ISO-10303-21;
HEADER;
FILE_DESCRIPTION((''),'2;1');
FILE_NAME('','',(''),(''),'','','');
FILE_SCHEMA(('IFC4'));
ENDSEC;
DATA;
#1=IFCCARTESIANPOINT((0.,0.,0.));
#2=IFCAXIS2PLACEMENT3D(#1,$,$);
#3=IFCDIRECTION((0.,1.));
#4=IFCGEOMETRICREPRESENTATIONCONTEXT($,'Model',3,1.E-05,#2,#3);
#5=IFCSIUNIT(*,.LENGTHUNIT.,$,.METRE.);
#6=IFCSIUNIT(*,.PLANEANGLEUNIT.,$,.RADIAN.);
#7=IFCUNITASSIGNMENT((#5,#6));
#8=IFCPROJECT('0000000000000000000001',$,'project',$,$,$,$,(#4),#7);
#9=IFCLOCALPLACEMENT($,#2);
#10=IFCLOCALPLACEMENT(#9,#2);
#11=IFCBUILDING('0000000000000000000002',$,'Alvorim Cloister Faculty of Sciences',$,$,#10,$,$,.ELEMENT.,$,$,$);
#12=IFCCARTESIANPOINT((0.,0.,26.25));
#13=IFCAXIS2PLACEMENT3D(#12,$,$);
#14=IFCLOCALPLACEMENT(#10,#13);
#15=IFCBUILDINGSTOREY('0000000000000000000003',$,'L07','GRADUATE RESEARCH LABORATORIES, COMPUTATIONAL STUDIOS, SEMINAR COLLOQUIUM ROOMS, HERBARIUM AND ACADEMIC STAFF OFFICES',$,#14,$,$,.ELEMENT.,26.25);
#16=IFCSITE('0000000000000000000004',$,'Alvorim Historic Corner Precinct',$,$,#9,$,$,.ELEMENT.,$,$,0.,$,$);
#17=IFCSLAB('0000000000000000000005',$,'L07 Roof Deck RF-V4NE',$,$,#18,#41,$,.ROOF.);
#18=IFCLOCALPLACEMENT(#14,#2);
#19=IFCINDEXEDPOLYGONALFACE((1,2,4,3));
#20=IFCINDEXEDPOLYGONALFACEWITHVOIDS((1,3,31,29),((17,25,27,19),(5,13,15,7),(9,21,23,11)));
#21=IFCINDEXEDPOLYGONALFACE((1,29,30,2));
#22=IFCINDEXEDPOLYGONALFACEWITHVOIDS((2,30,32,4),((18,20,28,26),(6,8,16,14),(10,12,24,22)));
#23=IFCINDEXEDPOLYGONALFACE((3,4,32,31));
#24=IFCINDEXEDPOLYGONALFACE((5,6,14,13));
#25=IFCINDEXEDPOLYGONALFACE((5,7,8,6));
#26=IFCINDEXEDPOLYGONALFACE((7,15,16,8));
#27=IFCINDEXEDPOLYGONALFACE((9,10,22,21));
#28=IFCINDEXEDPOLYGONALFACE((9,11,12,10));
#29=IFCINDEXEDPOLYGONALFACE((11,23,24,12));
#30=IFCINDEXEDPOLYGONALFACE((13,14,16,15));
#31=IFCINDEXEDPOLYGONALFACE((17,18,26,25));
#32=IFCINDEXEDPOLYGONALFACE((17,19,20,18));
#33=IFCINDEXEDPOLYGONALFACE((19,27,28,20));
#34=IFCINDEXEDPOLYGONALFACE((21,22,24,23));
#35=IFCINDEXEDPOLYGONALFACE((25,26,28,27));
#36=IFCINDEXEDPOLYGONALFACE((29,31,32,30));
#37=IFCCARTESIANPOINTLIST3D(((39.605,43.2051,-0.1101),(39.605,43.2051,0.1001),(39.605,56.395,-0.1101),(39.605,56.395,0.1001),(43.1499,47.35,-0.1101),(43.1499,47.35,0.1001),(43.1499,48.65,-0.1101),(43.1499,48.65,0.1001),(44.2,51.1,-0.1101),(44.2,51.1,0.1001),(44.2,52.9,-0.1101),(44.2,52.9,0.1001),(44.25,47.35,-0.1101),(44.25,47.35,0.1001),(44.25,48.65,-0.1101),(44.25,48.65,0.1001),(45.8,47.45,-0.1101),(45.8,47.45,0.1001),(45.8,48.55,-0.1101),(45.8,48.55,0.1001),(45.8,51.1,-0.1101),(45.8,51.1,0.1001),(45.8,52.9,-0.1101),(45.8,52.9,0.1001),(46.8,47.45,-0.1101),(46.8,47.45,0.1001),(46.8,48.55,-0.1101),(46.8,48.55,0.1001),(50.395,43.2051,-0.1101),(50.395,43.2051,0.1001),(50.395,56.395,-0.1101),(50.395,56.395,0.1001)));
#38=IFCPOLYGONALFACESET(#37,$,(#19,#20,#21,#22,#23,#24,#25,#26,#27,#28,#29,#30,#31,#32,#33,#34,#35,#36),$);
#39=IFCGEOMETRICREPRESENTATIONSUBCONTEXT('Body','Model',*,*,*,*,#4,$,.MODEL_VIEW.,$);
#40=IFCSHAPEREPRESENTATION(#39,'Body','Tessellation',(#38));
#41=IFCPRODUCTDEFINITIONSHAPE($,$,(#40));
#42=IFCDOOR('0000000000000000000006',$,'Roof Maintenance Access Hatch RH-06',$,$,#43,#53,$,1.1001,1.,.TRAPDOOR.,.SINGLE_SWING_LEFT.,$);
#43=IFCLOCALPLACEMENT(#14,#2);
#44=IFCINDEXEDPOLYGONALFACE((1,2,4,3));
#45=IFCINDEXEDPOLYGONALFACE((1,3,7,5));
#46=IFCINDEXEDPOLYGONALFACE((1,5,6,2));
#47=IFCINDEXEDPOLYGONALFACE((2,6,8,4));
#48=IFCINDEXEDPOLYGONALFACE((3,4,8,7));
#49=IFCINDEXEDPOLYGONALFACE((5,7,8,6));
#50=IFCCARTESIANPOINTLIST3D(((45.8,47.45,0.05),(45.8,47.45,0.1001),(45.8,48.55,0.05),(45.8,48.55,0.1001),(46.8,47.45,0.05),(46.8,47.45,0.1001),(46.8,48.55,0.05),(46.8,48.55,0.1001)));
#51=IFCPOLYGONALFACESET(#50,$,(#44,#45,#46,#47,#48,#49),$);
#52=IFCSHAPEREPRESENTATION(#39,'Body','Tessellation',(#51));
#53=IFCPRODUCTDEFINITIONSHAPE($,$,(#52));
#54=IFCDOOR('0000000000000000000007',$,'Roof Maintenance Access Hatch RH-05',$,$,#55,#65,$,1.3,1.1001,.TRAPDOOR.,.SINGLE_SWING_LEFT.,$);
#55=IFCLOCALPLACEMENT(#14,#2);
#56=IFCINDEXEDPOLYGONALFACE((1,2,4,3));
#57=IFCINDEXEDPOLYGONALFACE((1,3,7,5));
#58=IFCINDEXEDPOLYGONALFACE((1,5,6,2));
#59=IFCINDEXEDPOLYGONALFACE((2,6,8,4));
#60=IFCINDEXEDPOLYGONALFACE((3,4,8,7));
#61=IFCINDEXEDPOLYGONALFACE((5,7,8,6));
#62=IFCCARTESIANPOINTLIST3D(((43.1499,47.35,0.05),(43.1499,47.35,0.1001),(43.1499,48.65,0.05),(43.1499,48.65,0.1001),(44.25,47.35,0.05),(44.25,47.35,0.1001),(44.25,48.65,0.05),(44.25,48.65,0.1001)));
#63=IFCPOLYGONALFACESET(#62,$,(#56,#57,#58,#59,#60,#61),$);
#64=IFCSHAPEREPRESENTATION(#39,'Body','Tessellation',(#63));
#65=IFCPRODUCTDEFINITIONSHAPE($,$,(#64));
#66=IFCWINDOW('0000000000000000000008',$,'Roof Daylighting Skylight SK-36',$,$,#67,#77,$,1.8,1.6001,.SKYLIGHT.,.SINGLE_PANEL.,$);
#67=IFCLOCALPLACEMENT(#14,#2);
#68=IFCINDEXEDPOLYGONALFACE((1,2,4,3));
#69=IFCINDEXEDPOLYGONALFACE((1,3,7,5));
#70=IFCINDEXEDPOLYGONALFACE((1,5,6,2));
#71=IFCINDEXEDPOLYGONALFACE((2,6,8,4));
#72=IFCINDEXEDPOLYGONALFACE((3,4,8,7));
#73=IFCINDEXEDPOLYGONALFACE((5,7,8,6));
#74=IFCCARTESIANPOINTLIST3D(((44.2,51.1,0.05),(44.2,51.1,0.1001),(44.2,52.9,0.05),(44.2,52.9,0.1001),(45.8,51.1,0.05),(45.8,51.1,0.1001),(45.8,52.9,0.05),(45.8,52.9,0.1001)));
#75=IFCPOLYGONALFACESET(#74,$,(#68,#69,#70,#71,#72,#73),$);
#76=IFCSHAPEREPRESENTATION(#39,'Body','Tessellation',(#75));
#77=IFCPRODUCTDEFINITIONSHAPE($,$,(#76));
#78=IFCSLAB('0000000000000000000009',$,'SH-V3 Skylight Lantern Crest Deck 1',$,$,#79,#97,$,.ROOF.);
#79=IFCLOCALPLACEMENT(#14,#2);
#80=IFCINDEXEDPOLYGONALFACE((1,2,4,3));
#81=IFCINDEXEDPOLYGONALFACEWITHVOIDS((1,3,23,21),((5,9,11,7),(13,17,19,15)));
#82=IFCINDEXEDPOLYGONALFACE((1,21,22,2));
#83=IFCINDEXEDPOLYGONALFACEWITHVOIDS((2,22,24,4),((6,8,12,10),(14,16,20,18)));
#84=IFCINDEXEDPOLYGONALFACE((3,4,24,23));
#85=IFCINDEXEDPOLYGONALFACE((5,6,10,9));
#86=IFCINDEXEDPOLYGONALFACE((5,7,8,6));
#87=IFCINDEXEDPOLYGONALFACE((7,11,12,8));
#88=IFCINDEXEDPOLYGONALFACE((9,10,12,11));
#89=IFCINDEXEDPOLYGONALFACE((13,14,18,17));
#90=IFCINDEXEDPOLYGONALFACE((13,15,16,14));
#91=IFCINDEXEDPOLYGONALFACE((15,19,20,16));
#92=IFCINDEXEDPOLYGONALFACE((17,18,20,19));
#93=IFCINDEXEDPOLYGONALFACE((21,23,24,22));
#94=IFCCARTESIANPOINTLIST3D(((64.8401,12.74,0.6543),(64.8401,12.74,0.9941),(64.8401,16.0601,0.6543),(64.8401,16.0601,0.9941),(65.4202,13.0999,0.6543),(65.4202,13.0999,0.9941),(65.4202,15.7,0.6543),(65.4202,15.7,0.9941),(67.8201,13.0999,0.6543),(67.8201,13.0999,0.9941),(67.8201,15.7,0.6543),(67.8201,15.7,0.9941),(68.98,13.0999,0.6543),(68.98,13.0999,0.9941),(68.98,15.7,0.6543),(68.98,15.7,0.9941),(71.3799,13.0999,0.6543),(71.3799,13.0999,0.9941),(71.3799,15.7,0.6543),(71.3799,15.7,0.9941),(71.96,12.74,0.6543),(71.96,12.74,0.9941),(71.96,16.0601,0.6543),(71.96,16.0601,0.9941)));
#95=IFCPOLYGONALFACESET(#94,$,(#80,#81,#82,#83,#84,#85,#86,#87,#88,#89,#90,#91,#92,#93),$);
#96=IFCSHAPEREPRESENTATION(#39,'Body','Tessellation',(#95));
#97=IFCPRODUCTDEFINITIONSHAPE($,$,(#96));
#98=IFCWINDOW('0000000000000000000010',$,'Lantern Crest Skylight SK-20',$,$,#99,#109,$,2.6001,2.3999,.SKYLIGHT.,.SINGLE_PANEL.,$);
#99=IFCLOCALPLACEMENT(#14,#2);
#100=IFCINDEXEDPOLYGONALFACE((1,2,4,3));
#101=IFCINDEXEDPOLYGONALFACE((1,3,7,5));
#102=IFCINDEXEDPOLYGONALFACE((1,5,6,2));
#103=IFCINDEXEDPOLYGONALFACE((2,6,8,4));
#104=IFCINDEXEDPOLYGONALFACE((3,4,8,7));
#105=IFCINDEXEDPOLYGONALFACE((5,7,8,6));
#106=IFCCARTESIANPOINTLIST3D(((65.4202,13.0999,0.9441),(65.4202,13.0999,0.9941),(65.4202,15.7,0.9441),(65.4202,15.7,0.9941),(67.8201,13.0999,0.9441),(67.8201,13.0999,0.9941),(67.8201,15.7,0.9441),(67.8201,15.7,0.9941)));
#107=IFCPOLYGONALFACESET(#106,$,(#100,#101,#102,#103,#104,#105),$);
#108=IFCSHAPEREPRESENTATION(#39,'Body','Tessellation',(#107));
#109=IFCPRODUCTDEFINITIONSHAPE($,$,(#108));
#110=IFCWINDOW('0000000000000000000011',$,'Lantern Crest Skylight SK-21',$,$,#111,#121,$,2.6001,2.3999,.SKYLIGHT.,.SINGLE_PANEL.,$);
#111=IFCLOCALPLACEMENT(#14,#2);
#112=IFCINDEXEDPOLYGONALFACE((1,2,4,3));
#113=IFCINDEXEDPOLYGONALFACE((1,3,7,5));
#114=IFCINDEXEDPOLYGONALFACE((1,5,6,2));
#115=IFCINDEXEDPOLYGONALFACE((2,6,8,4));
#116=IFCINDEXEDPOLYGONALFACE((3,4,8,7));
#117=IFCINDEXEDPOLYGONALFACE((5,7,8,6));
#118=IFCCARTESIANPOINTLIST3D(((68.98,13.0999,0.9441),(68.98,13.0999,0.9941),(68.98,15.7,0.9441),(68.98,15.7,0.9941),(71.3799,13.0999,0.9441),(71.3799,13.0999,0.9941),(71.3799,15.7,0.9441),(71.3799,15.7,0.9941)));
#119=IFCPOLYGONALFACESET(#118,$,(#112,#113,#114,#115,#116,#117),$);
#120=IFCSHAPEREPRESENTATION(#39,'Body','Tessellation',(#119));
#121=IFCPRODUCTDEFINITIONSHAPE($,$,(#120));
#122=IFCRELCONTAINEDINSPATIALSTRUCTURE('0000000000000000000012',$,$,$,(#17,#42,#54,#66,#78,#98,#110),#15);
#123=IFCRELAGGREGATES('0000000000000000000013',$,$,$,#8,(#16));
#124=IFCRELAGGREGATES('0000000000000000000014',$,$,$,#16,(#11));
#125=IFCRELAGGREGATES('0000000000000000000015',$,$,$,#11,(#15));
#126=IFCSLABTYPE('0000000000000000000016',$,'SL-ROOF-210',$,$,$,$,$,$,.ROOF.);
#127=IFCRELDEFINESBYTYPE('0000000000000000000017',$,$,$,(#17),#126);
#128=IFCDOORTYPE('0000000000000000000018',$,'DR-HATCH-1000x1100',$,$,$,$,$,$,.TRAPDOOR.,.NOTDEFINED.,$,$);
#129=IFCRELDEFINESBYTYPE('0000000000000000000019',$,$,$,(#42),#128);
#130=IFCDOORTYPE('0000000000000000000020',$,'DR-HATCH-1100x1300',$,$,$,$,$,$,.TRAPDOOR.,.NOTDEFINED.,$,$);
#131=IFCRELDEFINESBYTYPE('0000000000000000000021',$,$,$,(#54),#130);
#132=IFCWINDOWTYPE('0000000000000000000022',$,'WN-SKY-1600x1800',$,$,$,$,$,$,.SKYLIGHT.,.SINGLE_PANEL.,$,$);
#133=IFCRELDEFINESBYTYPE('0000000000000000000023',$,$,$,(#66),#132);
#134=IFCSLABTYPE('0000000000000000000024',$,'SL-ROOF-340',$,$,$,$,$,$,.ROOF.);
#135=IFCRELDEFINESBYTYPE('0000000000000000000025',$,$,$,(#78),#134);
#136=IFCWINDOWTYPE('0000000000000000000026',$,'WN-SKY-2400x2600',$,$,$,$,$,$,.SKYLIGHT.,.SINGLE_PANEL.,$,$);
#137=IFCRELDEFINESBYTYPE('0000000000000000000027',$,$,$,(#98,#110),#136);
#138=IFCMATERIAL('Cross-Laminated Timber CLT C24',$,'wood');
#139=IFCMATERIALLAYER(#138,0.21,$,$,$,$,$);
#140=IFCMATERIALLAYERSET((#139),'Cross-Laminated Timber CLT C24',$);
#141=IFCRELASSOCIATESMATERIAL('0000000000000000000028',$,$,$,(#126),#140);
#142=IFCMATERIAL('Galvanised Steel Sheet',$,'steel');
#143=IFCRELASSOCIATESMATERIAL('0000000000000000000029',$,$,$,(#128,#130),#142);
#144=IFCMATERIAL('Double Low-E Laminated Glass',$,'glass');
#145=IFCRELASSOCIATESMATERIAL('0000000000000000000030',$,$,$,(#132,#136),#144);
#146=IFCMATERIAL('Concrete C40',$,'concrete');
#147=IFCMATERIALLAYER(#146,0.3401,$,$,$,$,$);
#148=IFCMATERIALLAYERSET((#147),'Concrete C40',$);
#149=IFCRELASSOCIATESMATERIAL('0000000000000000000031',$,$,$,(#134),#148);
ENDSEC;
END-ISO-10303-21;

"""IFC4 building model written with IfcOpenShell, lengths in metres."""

from ifc_helpers import new_model, si_unit, direction, frame, origin, origin_2d, place, context, subcontext, project, spatial, polyline, rectangle, outline, extrude, material, layer, layer_set, type_object, element, fill, save


model = new_model("IFC4")

# Units and contexts
model_context = context("Model", 3, precision=1e-05, world=origin(), true_north=direction((0.0, 1.0)))
body_context = subcontext(model_context, "Body", "Model", "MODEL_VIEW")
ifc_project = project(units=[si_unit("LENGTHUNIT", "METRE"), si_unit("PLANEANGLEUNIT", "RADIAN")], contexts=[model_context])

# Site, building, storey
site_placement = place(None, origin())
site = spatial("IfcSite", under=ifc_project, at=site_placement, Name="Alvorim Historic Corner Precinct", CompositionType="ELEMENT", RefElevation=0.0)
building_placement = place(site_placement, origin())
building = spatial("IfcBuilding", under=site, at=building_placement, Name="Alvorim Cloister Faculty of Sciences", CompositionType="ELEMENT")
storey_placement = place(building_placement, frame((0.0, 0.0, 26.25)))
storey = spatial("IfcBuildingStorey", under=building, at=storey_placement, Name="L07", Description="GRADUATE RESEARCH LABORATORIES, COMPUTATIONAL STUDIOS, SEMINAR COLLOQUIUM ROOMS, HERBARIUM AND ACADEMIC STAFF OFFICES", CompositionType="ELEMENT", Elevation=26.25)

# Shared definitions
ifc_material_1 = material(Name="Cross-Laminated Timber CLT C24", Category="wood")

# Slab, openings, doors, window
ifc_layer_1 = layer(ifc_material_1, 0.21)
ifc_layer_set_1 = layer_set([ifc_layer_1], Name="Cross-Laminated Timber CLT C24")
slab_type_1 = type_object("IfcSlabType", Name="SL-ROOF-210", PredefinedType="ROOF", material=ifc_layer_set_1)
ifc_material_2 = material(Name="Galvanised Steel Sheet", Category="steel")
door_type_1 = type_object("IfcDoorType", Name="DR-HATCH-1000x1100", OperationType="NOTDEFINED", PredefinedType="TRAPDOOR", material=ifc_material_2)
door_type_2 = type_object("IfcDoorType", Name="DR-HATCH-1100x1300", OperationType="NOTDEFINED", PredefinedType="TRAPDOOR", material=ifc_material_2)
ifc_material_3 = material(Name="Double Low-E Laminated Glass", Category="glass")
window_type_1 = type_object("IfcWindowType", Name="WN-SKY-1600x1800", PartitioningType="SINGLE_PANEL", PredefinedType="SKYLIGHT", material=ifc_material_3)
slab_1_placement = place(storey_placement, frame((0.0, 0.0, -0.1101)))
slab_1 = element("IfcSlab", 1, at=slab_1_placement, inside=storey, type_object=slab_type_1, Name="L07 Roof Deck RF-V4NE", PredefinedType="ROOF", context=body_context, shape_type="SweptSolid", body=[
    extrude(outline(polyline([(39.605, 43.2051), (50.395, 43.2051), (50.395, 56.395), (39.605, 56.395), (39.605, 43.2051)])), origin(), (0.0, 0.0, 1.0), 0.2102),
])
opening_1_placement = place(slab_1_placement, frame((43.7, 48.0, -0.012)))
opening_1 = element("IfcOpeningElement", 2, at=opening_1_placement, cuts=slab_1, PredefinedType="OPENING", context=body_context, shape_type="SweptSolid", body=[
    extrude(rectangle(XDim=1.1001, YDim=1.3, at=origin_2d()), origin(), (0.0, 0.0, 1.0), 0.2341),
])
opening_2_placement = place(slab_1_placement, frame((46.3, 48.0, -0.012)))
opening_2 = element("IfcOpeningElement", 3, at=opening_2_placement, cuts=slab_1, PredefinedType="OPENING", context=body_context, shape_type="SweptSolid", body=[
    extrude(rectangle(XDim=1.0, YDim=1.1001, at=origin_2d()), origin(), (0.0, 0.0, 1.0), 0.2341),
])
opening_3_placement = place(slab_1_placement, frame((45.0, 52.0, -0.012)))
opening_3 = element("IfcOpeningElement", 4, at=opening_3_placement, cuts=slab_1, PredefinedType="OPENING", context=body_context, shape_type="SweptSolid", body=[
    extrude(rectangle(XDim=1.6001, YDim=1.8, at=origin_2d()), origin(), (0.0, 0.0, 1.0), 0.2341),
])
door_1_placement = place(slab_1_placement, frame((46.3, 48.0, 0.1602)))
door_1 = element("IfcDoor", 5, at=door_1_placement, inside=storey, type_object=door_type_1, Name="Roof Maintenance Access Hatch RH-06", OperationType="SINGLE_SWING_LEFT", OverallHeight=1.1001, OverallWidth=1.0, PredefinedType="TRAPDOOR", context=body_context, shape_type="SweptSolid", body=[
    extrude(rectangle(XDim=1.0, YDim=1.1001, at=origin_2d()), origin(), (0.0, 0.0, 1.0), 0.05),
])
fill(opening_2, door_1)
door_2_placement = place(slab_1_placement, frame((43.7, 48.0, 0.1602)))
door_2 = element("IfcDoor", 6, at=door_2_placement, inside=storey, type_object=door_type_2, Name="Roof Maintenance Access Hatch RH-05", OperationType="SINGLE_SWING_LEFT", OverallHeight=1.3, OverallWidth=1.1001, PredefinedType="TRAPDOOR", context=body_context, shape_type="SweptSolid", body=[
    extrude(rectangle(XDim=1.1001, YDim=1.3, at=origin_2d()), origin(), (0.0, 0.0, 1.0), 0.05),
])
fill(opening_1, door_2)
window_1_placement = place(slab_1_placement, frame((45.0, 52.0, 0.1602)))
window_1 = element("IfcWindow", 7, at=window_1_placement, inside=storey, type_object=window_type_1, Name="Roof Daylighting Skylight SK-36", OverallHeight=1.8, OverallWidth=1.6001, PartitioningType="SINGLE_PANEL", PredefinedType="SKYLIGHT", context=body_context, shape_type="SweptSolid", body=[
    extrude(rectangle(XDim=1.6001, YDim=1.8, at=origin_2d()), origin(), (0.0, 0.0, 1.0), 0.05),
])
fill(opening_3, window_1)

# Slab, openings, windows
ifc_material_4 = material(Name="Concrete C40", Category="concrete")
ifc_layer_2 = layer(ifc_material_4, 0.3401)
ifc_layer_set_2 = layer_set([ifc_layer_2], Name="Concrete C40")
slab_type_2 = type_object("IfcSlabType", Name="SL-ROOF-340", PredefinedType="ROOF", material=ifc_layer_set_2)
slab_2_placement = place(storey_placement, frame((0.0, 0.0, 0.6543)))
slab_2 = element("IfcSlab", 8, at=slab_2_placement, inside=storey, type_object=slab_type_2, Name="SH-V3 Skylight Lantern Crest Deck 1", PredefinedType="ROOF", context=body_context, shape_type="SweptSolid", body=[
    extrude(outline(polyline([(64.8401, 12.74), (71.96, 12.74), (71.96, 16.0601), (64.8401, 16.0601), (64.8401, 12.74)])), origin(), (0.0, 0.0, 1.0), 0.3398),
])
opening_4_placement = place(slab_2_placement, frame((66.6201, 14.3999, -0.012)))
opening_4 = element("IfcOpeningElement", 9, at=opening_4_placement, cuts=slab_2, PredefinedType="OPENING", context=body_context, shape_type="SweptSolid", body=[
    extrude(rectangle(XDim=2.3999, YDim=2.6001, at=origin_2d()), origin(), (0.0, 0.0, 1.0), 0.3638),
])
opening_5_placement = place(slab_2_placement, frame((70.1799, 14.3999, -0.012)))
opening_5 = element("IfcOpeningElement", 10, at=opening_5_placement, cuts=slab_2, PredefinedType="OPENING", context=body_context, shape_type="SweptSolid", body=[
    extrude(rectangle(XDim=2.3999, YDim=2.6001, at=origin_2d()), origin(), (0.0, 0.0, 1.0), 0.3638),
])
window_type_2 = type_object("IfcWindowType", Name="WN-SKY-2400x2600", PartitioningType="SINGLE_PANEL", PredefinedType="SKYLIGHT", material=ifc_material_3)
window_2_placement = place(slab_2_placement, frame((66.6201, 14.3999, 0.2898)))
window_2 = element("IfcWindow", 11, at=window_2_placement, inside=storey, type_object=window_type_2, Name="Lantern Crest Skylight SK-20", OverallHeight=2.6001, OverallWidth=2.3999, PartitioningType="SINGLE_PANEL", PredefinedType="SKYLIGHT", context=body_context, shape_type="SweptSolid", body=[
    extrude(rectangle(XDim=2.3999, YDim=2.6001, at=origin_2d()), origin(), (0.0, 0.0, 1.0), 0.05),
])
fill(opening_4, window_2)
window_3_placement = place(slab_2_placement, frame((70.1799, 14.3999, 0.2898)))
window_3 = element("IfcWindow", 12, at=window_3_placement, inside=storey, type_object=window_type_2, Name="Lantern Crest Skylight SK-21", OverallHeight=2.6001, OverallWidth=2.3999, PartitioningType="SINGLE_PANEL", PredefinedType="SKYLIGHT", context=body_context, shape_type="SweptSolid", body=[
    extrude(rectangle(XDim=2.3999, YDim=2.6001, at=origin_2d()), origin(), (0.0, 0.0, 1.0), 0.05),
])
fill(opening_5, window_3)

save(model, "model.ifc")
